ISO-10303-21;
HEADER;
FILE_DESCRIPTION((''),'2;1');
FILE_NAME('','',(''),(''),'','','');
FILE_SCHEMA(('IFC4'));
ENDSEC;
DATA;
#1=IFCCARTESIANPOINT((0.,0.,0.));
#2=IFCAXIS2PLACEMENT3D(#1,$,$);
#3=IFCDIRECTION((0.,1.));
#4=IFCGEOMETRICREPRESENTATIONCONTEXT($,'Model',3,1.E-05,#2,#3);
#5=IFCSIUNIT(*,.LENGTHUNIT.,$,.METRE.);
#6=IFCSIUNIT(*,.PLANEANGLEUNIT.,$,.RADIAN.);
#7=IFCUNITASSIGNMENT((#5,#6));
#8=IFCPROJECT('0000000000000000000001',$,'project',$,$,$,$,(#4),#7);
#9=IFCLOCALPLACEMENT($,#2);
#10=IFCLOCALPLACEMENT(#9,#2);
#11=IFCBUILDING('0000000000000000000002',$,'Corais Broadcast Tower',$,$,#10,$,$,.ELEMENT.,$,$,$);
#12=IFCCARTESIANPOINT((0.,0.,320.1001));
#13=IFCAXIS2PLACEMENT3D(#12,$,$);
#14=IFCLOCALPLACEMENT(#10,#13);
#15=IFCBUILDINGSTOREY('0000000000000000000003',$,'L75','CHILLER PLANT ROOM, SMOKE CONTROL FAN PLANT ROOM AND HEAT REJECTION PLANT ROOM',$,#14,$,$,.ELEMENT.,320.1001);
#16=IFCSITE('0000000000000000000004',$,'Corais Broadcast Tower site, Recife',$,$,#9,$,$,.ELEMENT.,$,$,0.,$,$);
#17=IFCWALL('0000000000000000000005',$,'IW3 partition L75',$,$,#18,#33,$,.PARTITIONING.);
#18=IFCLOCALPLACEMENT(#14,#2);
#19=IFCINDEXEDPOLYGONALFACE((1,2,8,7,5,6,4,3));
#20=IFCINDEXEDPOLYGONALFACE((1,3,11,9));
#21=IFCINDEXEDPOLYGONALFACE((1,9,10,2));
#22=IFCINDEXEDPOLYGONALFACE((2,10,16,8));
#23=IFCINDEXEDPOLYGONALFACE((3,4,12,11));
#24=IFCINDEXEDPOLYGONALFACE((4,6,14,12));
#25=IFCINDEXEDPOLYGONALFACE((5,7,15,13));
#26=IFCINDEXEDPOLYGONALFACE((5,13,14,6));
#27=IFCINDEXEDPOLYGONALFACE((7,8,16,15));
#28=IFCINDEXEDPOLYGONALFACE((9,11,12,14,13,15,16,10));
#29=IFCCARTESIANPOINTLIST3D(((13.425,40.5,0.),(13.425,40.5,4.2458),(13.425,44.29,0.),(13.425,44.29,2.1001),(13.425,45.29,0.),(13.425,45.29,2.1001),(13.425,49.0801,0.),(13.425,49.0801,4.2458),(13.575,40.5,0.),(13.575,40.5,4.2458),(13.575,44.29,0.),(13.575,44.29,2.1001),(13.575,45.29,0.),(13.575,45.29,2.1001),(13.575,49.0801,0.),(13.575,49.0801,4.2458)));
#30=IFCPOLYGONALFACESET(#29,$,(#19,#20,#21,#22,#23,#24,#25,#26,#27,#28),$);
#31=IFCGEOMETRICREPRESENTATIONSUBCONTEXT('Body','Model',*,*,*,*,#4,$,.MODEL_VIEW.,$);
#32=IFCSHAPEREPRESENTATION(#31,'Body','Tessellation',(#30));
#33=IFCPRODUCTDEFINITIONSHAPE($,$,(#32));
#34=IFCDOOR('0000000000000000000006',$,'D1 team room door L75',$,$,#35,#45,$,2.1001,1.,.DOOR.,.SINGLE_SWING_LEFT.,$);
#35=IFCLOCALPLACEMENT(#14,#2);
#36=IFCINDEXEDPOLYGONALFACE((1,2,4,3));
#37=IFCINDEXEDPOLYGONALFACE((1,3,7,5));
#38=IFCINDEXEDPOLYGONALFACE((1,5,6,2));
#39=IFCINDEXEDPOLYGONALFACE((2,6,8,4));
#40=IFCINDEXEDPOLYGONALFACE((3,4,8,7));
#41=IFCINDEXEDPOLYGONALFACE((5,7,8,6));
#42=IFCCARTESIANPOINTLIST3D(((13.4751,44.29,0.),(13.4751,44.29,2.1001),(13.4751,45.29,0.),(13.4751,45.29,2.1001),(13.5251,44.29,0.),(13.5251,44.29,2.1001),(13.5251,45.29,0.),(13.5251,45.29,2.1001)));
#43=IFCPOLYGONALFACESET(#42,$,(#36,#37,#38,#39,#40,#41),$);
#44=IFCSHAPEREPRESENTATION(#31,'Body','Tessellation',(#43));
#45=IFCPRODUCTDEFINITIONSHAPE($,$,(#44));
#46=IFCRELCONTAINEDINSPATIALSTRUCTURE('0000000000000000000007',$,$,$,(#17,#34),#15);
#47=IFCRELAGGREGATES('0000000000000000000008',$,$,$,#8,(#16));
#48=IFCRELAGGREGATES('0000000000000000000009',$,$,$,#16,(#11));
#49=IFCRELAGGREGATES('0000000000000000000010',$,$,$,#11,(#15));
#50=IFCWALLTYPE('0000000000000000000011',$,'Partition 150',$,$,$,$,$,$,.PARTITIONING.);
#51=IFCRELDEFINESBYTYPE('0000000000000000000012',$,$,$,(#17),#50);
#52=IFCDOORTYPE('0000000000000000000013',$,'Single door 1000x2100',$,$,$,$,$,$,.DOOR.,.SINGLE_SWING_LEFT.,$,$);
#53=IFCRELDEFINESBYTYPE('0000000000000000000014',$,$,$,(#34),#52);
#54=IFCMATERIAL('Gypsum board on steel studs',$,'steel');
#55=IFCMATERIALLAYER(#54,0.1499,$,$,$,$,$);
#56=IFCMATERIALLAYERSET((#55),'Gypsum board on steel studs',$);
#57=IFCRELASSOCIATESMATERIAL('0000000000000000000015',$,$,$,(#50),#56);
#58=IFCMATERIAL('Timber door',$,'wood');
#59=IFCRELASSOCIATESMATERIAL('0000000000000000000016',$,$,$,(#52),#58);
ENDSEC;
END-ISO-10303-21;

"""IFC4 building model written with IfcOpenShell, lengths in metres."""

from ifc_helpers import new_model, si_unit, direction, frame, frame_2d, origin, place, context, subcontext, project, spatial, rectangle, extrude, material, layer, layer_set, type_object, element, fill, save


model = new_model("IFC4")

# Units and contexts
model_context = context("Model", 3, precision=1e-05, world=origin(), true_north=direction((0.0, 1.0)))
body_context = subcontext(model_context, "Body", "Model", "MODEL_VIEW")
ifc_project = project(units=[si_unit("LENGTHUNIT", "METRE"), si_unit("PLANEANGLEUNIT", "RADIAN")], contexts=[model_context])

# Site, building, storey
site_placement = place(None, origin())
site = spatial("IfcSite", under=ifc_project, at=site_placement, Name="Corais Broadcast Tower site, Recife", CompositionType="ELEMENT", RefElevation=0.0)
building_placement = place(site_placement, origin())
building = spatial("IfcBuilding", under=site, at=building_placement, Name="Corais Broadcast Tower", CompositionType="ELEMENT")
storey_placement = place(building_placement, frame((0.0, 0.0, 320.1001)))
storey = spatial("IfcBuildingStorey", under=building, at=storey_placement, Name="L75", Description="CHILLER PLANT ROOM, SMOKE CONTROL FAN PLANT ROOM AND HEAT REJECTION PLANT ROOM", CompositionType="ELEMENT", Elevation=320.1001)

# Wall, opening, door
ifc_material_1 = material(Name="Gypsum board on steel studs", Category="steel")
ifc_layer_1 = layer(ifc_material_1, 0.1499)
ifc_layer_set_1 = layer_set([ifc_layer_1], Name="Gypsum board on steel studs")
wall_type_1 = type_object("IfcWallType", Name="Partition 150", PredefinedType="PARTITIONING", material=ifc_layer_set_1)
ifc_material_2 = material(Name="Timber door", Category="wood")
door_type_1 = type_object("IfcDoorType", Name="Single door 1000x2100", OperationType="SINGLE_SWING_LEFT", PredefinedType="DOOR", material=ifc_material_2)
wall_1_placement = place(storey_placement, frame((13.5, 40.5, 0.0), z_axis=(0.0, 0.0, 1.0), x_axis=(0.0, 1.0, 0.0)))
wall_1 = element("IfcWall", 1, at=wall_1_placement, inside=storey, type_object=wall_type_1, Name="IW3 partition L75", PredefinedType="PARTITIONING", context=body_context, shape_type="SweptSolid", body=[
    extrude(rectangle(XDim=8.5801, YDim=0.1499, at=frame_2d((4.29, 0.0))), origin(), (0.0, 0.0, 1.0), 4.2458),
])
opening_1_placement = place(wall_1_placement, frame((3.79, 0.0, 0.0)))
opening_1 = element("IfcOpeningElement", 2, at=opening_1_placement, cuts=wall_1, PredefinedType="OPENING", context=body_context, shape_type="SweptSolid", body=[
    extrude(rectangle(XDim=1.0, YDim=2.1001, at=frame_2d((0.5, 1.05))), frame((0.0, 0.085, 0.0), z_axis=(0.0, -1.0, 0.0), x_axis=(1.0, 0.0, 0.0)), (0.0, 0.0, 1.0), 0.1699),
])
door_1_placement = place(opening_1_placement, origin())
door_1 = element("IfcDoor", 3, at=door_1_placement, inside=storey, type_object=door_type_1, Name="D1 team room door L75", OperationType="SINGLE_SWING_LEFT", OverallHeight=2.1001, OverallWidth=1.0, PredefinedType="DOOR", context=body_context, shape_type="SweptSolid", body=[
    extrude(rectangle(XDim=1.0, YDim=2.1001, at=frame_2d((0.5, 1.05))), frame((0.0, 0.0249, 0.0), z_axis=(0.0, -1.0, 0.0), x_axis=(1.0, 0.0, 0.0)), (0.0, 0.0, 1.0), 0.05),
])
fill(opening_1, door_1)

save(model, "model.ifc")
